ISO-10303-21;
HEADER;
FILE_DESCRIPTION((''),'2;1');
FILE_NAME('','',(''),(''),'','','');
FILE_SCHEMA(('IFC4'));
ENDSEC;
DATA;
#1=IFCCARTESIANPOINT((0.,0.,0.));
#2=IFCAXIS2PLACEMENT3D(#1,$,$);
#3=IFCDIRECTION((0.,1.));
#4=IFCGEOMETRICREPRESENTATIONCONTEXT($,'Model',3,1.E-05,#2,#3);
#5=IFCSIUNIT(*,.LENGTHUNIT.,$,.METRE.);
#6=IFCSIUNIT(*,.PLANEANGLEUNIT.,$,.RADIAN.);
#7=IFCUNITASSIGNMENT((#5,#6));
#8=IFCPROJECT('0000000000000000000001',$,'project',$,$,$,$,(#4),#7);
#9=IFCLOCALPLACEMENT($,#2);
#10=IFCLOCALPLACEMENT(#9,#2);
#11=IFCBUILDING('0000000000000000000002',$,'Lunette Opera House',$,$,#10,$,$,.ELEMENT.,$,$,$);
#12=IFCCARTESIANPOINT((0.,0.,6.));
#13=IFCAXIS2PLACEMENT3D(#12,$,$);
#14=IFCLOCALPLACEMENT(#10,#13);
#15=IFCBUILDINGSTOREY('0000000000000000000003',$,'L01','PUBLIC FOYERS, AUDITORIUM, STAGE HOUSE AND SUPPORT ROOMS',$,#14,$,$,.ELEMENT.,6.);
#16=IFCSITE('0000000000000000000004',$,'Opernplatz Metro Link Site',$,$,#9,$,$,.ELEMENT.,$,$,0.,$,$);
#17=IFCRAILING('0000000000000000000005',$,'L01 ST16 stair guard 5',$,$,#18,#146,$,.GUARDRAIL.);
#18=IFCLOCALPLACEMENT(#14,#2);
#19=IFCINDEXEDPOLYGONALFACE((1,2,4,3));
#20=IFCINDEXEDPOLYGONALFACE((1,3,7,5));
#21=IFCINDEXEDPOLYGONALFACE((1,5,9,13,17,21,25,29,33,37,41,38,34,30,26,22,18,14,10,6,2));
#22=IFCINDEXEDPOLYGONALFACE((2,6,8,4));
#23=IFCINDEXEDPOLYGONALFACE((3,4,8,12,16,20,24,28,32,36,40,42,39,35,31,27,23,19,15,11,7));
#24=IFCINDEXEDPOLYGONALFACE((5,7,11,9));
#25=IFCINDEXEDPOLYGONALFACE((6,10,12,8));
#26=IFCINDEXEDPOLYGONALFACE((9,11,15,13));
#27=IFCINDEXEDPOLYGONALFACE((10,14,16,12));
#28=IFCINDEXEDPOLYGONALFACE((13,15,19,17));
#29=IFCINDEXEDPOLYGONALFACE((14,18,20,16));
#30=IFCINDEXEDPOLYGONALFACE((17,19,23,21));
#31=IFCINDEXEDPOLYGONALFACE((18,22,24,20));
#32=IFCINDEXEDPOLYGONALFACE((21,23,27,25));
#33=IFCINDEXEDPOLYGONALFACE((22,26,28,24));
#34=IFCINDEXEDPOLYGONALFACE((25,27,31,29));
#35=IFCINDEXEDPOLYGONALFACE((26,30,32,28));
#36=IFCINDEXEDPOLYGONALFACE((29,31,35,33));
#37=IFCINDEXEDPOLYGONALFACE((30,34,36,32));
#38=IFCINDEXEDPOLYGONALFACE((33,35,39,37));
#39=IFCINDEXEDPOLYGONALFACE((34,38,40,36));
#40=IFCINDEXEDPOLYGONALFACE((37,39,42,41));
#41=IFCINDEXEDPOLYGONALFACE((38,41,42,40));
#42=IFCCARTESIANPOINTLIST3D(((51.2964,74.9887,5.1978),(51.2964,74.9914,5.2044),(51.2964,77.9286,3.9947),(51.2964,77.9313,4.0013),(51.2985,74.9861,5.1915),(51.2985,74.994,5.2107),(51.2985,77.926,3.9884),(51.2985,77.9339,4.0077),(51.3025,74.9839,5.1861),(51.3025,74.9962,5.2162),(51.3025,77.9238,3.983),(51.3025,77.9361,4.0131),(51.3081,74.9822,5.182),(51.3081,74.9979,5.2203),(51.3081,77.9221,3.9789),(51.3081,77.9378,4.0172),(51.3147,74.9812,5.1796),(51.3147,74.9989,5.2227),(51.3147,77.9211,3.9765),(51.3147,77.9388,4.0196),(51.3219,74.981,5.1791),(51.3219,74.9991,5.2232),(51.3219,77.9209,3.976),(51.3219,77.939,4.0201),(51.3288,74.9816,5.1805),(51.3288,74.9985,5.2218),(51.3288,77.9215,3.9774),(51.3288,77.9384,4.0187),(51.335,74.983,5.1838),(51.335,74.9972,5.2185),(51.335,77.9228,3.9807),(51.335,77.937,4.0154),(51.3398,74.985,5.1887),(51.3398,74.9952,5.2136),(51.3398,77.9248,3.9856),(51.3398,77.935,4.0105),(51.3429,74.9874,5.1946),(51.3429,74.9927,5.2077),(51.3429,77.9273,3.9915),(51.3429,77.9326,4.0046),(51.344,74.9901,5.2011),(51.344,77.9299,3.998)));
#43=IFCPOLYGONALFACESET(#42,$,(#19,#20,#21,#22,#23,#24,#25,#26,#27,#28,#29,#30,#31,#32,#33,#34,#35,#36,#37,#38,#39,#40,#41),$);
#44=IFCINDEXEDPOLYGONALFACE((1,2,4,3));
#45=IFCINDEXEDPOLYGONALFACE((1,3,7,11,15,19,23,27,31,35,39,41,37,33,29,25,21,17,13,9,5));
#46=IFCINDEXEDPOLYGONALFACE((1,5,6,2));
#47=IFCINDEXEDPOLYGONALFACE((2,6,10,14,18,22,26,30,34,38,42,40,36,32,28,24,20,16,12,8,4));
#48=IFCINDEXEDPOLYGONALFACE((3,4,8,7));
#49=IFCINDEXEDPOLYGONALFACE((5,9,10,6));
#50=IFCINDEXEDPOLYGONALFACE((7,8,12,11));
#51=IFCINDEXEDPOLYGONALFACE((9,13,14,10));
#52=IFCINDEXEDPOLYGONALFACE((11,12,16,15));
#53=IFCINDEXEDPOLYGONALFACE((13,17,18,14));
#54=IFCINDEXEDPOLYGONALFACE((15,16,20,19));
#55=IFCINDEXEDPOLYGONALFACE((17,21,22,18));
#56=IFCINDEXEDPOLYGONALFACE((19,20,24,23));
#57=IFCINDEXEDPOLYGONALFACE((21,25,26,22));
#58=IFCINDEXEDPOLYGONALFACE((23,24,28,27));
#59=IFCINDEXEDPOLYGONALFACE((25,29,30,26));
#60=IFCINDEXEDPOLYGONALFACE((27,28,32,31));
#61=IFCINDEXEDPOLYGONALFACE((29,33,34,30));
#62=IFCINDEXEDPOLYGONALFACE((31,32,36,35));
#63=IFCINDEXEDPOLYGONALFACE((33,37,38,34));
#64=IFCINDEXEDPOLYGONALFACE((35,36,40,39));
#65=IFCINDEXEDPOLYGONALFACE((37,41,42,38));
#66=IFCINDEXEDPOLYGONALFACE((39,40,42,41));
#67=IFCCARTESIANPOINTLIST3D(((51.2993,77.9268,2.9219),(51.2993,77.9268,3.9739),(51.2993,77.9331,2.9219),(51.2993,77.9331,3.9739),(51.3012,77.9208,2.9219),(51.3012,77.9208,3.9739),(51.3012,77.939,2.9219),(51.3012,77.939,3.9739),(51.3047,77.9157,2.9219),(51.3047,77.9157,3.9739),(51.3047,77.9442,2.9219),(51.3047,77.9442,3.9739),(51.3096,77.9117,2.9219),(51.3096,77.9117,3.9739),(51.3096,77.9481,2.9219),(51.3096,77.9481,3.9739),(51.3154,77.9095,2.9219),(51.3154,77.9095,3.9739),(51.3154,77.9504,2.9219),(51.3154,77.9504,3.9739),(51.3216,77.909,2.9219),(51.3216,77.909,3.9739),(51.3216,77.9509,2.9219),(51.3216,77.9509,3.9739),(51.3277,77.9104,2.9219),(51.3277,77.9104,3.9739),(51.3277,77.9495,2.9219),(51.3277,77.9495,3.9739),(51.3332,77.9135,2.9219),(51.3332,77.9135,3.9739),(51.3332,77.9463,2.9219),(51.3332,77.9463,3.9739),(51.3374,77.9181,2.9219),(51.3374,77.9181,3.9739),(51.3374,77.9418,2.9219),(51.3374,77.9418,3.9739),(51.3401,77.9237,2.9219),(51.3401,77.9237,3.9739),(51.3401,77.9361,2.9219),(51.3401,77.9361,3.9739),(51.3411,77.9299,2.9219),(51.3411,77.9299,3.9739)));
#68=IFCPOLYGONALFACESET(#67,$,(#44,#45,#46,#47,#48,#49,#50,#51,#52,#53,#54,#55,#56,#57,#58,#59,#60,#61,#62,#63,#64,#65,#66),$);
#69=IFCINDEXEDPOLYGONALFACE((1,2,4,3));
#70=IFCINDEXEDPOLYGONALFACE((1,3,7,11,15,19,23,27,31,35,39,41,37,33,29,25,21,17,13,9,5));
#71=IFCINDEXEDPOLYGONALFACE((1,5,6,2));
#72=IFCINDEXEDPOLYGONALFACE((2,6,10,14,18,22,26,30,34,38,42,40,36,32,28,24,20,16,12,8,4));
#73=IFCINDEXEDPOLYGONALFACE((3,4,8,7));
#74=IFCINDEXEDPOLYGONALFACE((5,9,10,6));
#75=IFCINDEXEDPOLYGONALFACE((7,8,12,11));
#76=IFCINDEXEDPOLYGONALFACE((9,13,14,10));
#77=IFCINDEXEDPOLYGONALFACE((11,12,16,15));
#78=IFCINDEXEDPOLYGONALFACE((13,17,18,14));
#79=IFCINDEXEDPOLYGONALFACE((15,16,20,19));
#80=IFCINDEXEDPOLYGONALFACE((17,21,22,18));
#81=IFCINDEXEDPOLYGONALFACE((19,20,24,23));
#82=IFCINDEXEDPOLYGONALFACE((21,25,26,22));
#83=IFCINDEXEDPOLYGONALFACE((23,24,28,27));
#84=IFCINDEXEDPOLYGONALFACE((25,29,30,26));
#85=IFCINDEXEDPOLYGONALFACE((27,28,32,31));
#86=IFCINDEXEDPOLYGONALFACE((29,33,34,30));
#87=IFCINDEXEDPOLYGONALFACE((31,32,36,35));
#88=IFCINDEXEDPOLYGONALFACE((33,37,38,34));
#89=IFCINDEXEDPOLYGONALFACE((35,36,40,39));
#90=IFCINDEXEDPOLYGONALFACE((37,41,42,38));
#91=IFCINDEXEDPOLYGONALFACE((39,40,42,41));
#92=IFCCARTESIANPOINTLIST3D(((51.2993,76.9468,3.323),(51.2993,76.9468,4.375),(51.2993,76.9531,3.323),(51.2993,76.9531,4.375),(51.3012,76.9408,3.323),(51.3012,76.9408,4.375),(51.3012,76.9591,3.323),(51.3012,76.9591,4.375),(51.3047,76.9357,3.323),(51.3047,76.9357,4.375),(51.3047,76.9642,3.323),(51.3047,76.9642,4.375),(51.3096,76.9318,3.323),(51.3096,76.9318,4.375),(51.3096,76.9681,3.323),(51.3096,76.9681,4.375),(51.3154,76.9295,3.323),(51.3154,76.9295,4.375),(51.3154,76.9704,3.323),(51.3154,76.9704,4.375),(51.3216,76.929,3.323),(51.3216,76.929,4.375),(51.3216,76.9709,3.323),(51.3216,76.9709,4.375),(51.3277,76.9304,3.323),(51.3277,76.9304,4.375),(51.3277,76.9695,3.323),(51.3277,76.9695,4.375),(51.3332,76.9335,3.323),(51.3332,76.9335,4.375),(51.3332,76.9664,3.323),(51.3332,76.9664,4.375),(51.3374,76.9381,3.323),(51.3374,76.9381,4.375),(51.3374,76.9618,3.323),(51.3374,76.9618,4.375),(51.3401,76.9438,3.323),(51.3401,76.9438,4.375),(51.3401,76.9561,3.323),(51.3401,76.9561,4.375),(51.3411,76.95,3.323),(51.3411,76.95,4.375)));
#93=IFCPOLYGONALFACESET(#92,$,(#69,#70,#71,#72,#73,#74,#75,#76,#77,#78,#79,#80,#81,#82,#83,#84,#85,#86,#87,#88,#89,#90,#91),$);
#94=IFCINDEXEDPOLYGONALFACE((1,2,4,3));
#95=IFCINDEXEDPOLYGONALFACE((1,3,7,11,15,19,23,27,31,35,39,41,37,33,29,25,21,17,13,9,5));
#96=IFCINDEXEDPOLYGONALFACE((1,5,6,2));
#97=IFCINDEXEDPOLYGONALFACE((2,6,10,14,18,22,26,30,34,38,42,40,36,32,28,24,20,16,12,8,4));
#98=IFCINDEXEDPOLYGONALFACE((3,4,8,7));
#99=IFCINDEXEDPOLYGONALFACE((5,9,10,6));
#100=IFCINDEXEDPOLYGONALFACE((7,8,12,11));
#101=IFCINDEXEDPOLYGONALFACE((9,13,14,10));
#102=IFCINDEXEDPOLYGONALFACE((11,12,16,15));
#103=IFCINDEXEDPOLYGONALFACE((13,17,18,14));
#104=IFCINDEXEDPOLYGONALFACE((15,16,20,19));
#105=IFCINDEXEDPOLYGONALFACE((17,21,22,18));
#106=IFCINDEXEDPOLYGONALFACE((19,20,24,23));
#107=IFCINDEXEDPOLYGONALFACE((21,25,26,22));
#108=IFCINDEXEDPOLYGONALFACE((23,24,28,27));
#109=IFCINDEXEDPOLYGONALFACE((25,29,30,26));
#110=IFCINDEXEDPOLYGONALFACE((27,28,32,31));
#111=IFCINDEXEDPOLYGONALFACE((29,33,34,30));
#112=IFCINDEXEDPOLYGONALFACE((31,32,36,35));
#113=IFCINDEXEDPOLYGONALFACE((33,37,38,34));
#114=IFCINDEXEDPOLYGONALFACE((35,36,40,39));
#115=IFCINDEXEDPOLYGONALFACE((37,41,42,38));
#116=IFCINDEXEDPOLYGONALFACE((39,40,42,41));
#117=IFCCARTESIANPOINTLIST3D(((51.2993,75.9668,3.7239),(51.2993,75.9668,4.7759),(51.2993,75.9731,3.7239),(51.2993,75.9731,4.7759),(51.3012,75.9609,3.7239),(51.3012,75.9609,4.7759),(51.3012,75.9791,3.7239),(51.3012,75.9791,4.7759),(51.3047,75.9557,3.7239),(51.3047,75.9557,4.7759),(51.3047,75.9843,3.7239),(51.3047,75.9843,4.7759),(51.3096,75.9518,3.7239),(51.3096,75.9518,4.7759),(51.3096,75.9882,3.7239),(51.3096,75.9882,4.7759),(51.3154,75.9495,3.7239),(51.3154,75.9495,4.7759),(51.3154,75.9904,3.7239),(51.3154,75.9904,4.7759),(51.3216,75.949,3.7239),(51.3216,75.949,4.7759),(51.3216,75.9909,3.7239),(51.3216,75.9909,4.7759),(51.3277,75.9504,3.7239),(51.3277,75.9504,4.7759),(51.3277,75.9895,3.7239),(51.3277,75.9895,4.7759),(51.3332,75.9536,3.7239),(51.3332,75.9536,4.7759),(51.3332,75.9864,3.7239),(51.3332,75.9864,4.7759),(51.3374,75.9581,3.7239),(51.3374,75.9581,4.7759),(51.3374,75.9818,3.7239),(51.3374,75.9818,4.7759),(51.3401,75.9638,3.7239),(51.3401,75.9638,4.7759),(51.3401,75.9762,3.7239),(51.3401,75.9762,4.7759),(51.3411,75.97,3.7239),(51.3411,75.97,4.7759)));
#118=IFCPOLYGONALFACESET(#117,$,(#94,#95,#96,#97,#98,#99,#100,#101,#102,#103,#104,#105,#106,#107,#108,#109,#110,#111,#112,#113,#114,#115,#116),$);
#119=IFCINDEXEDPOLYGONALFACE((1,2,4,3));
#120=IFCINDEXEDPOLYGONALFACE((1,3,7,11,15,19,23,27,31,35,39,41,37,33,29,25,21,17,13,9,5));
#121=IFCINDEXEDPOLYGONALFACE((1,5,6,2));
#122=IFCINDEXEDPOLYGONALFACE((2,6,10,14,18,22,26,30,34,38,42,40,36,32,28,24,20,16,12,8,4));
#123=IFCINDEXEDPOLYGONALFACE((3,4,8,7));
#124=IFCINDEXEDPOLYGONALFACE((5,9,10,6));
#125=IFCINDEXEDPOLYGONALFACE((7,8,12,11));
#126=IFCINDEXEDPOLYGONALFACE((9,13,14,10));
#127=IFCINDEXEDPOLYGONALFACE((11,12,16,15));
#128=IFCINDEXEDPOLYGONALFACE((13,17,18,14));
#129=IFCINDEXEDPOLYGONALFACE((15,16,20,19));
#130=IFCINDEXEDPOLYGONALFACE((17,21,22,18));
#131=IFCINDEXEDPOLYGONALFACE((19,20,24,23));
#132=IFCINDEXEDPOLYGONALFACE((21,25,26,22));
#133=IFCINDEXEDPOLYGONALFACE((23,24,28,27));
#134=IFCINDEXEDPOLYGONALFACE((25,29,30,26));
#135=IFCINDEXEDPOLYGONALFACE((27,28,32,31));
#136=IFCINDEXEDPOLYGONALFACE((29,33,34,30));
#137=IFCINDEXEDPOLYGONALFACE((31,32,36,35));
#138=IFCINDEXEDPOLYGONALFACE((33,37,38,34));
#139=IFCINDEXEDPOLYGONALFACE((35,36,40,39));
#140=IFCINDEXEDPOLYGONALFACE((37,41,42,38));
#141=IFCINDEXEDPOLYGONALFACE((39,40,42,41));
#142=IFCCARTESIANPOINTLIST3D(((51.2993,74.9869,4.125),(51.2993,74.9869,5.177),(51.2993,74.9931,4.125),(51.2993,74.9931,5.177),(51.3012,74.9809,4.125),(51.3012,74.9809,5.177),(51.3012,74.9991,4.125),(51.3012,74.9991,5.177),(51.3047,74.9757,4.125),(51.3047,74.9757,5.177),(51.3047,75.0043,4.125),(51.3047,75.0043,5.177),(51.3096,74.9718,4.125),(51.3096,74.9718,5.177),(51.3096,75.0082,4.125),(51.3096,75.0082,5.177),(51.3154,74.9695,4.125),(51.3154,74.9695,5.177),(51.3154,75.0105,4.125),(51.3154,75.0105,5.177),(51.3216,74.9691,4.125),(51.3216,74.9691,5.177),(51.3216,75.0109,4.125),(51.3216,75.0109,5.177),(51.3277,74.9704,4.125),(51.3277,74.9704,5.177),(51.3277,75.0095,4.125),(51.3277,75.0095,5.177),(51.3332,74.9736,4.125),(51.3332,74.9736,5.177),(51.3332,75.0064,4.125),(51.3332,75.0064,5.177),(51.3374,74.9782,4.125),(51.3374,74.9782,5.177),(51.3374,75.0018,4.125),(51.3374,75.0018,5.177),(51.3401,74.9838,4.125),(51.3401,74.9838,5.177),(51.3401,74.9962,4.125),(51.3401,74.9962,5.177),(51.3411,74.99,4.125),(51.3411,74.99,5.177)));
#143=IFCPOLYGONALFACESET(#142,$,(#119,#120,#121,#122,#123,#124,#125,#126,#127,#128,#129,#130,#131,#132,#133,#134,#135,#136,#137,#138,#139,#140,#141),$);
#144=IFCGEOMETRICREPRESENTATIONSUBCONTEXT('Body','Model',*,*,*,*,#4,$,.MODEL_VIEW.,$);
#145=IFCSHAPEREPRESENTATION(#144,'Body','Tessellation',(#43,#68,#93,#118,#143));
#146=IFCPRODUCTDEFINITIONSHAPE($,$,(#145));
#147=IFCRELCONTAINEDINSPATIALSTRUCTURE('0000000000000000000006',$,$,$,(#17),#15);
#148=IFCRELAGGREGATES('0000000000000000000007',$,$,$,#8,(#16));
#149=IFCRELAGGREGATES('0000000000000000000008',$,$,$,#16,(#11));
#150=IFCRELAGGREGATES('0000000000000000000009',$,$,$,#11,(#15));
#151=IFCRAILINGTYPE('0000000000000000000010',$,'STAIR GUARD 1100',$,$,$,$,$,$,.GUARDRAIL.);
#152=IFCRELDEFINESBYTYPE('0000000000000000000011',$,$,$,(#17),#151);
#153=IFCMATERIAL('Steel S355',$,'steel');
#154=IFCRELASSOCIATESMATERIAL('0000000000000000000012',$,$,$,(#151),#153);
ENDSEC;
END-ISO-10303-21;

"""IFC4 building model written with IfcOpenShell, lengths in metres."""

from ifc_helpers import new_model, si_unit, direction, frame, origin, origin_2d, place, context, subcontext, project, spatial, circle, extrude, material, type_object, element, save


model = new_model("IFC4")

# Units and contexts
model_context = context("Model", 3, precision=1e-05, world=origin(), true_north=direction((0.0, 1.0)))
body_context = subcontext(model_context, "Body", "Model", "MODEL_VIEW")
ifc_project = project(units=[si_unit("LENGTHUNIT", "METRE"), si_unit("PLANEANGLEUNIT", "RADIAN")], contexts=[model_context])

# Site, building, storey
site_placement = place(None, origin())
site = spatial("IfcSite", under=ifc_project, at=site_placement, Name="Opernplatz Metro Link Site", CompositionType="ELEMENT", RefElevation=0.0)
building_placement = place(site_placement, origin())
building = spatial("IfcBuilding", under=site, at=building_placement, Name="Lunette Opera House", CompositionType="ELEMENT")
storey_placement = place(building_placement, frame((0.0, 0.0, 6.0)))
storey = spatial("IfcBuildingStorey", under=building, at=storey_placement, Name="L01", Description="PUBLIC FOYERS, AUDITORIUM, STAGE HOUSE AND SUPPORT ROOMS", CompositionType="ELEMENT", Elevation=6.0)

# Railing
ifc_material_1 = material(Name="Steel S355", Category="steel")
railing_type_1 = type_object("IfcRailingType", Name="STAIR GUARD 1100", PredefinedType="GUARDRAIL", material=ifc_material_1)
railing_1_placement = place(storey_placement, frame((51.3201, 77.9299, 2.9219)))
element("IfcRailing", 1, at=railing_1_placement, inside=storey, type_object=railing_type_1, Name="L01 ST16 stair guard 5", PredefinedType="GUARDRAIL", context=body_context, shape_type="SweptSolid", body=[
    extrude(circle(Radius=0.0239, at=origin_2d()), frame((0.0, 0.0, 1.0762), z_axis=(0.0, -0.9255, 0.378747), x_axis=(1.0, 0.0, 0.0)), (0.0, 0.0, 1.0), 3.1765),
    extrude(circle(Radius=0.021, at=origin_2d()), origin(), (0.0, 0.0, 1.0), 1.052),
    extrude(circle(Radius=0.021, at=origin_2d()), frame((0.0, -0.98, 0.4011)), (0.0, 0.0, 1.0), 1.052),
    extrude(circle(Radius=0.021, at=origin_2d()), frame((0.0, -1.96, 0.802)), (0.0, 0.0, 1.0), 1.052),
    extrude(circle(Radius=0.021, at=origin_2d()), frame((0.0, -2.9399, 1.2031)), (0.0, 0.0, 1.0), 1.052),
])

save(model, "model.ifc")
